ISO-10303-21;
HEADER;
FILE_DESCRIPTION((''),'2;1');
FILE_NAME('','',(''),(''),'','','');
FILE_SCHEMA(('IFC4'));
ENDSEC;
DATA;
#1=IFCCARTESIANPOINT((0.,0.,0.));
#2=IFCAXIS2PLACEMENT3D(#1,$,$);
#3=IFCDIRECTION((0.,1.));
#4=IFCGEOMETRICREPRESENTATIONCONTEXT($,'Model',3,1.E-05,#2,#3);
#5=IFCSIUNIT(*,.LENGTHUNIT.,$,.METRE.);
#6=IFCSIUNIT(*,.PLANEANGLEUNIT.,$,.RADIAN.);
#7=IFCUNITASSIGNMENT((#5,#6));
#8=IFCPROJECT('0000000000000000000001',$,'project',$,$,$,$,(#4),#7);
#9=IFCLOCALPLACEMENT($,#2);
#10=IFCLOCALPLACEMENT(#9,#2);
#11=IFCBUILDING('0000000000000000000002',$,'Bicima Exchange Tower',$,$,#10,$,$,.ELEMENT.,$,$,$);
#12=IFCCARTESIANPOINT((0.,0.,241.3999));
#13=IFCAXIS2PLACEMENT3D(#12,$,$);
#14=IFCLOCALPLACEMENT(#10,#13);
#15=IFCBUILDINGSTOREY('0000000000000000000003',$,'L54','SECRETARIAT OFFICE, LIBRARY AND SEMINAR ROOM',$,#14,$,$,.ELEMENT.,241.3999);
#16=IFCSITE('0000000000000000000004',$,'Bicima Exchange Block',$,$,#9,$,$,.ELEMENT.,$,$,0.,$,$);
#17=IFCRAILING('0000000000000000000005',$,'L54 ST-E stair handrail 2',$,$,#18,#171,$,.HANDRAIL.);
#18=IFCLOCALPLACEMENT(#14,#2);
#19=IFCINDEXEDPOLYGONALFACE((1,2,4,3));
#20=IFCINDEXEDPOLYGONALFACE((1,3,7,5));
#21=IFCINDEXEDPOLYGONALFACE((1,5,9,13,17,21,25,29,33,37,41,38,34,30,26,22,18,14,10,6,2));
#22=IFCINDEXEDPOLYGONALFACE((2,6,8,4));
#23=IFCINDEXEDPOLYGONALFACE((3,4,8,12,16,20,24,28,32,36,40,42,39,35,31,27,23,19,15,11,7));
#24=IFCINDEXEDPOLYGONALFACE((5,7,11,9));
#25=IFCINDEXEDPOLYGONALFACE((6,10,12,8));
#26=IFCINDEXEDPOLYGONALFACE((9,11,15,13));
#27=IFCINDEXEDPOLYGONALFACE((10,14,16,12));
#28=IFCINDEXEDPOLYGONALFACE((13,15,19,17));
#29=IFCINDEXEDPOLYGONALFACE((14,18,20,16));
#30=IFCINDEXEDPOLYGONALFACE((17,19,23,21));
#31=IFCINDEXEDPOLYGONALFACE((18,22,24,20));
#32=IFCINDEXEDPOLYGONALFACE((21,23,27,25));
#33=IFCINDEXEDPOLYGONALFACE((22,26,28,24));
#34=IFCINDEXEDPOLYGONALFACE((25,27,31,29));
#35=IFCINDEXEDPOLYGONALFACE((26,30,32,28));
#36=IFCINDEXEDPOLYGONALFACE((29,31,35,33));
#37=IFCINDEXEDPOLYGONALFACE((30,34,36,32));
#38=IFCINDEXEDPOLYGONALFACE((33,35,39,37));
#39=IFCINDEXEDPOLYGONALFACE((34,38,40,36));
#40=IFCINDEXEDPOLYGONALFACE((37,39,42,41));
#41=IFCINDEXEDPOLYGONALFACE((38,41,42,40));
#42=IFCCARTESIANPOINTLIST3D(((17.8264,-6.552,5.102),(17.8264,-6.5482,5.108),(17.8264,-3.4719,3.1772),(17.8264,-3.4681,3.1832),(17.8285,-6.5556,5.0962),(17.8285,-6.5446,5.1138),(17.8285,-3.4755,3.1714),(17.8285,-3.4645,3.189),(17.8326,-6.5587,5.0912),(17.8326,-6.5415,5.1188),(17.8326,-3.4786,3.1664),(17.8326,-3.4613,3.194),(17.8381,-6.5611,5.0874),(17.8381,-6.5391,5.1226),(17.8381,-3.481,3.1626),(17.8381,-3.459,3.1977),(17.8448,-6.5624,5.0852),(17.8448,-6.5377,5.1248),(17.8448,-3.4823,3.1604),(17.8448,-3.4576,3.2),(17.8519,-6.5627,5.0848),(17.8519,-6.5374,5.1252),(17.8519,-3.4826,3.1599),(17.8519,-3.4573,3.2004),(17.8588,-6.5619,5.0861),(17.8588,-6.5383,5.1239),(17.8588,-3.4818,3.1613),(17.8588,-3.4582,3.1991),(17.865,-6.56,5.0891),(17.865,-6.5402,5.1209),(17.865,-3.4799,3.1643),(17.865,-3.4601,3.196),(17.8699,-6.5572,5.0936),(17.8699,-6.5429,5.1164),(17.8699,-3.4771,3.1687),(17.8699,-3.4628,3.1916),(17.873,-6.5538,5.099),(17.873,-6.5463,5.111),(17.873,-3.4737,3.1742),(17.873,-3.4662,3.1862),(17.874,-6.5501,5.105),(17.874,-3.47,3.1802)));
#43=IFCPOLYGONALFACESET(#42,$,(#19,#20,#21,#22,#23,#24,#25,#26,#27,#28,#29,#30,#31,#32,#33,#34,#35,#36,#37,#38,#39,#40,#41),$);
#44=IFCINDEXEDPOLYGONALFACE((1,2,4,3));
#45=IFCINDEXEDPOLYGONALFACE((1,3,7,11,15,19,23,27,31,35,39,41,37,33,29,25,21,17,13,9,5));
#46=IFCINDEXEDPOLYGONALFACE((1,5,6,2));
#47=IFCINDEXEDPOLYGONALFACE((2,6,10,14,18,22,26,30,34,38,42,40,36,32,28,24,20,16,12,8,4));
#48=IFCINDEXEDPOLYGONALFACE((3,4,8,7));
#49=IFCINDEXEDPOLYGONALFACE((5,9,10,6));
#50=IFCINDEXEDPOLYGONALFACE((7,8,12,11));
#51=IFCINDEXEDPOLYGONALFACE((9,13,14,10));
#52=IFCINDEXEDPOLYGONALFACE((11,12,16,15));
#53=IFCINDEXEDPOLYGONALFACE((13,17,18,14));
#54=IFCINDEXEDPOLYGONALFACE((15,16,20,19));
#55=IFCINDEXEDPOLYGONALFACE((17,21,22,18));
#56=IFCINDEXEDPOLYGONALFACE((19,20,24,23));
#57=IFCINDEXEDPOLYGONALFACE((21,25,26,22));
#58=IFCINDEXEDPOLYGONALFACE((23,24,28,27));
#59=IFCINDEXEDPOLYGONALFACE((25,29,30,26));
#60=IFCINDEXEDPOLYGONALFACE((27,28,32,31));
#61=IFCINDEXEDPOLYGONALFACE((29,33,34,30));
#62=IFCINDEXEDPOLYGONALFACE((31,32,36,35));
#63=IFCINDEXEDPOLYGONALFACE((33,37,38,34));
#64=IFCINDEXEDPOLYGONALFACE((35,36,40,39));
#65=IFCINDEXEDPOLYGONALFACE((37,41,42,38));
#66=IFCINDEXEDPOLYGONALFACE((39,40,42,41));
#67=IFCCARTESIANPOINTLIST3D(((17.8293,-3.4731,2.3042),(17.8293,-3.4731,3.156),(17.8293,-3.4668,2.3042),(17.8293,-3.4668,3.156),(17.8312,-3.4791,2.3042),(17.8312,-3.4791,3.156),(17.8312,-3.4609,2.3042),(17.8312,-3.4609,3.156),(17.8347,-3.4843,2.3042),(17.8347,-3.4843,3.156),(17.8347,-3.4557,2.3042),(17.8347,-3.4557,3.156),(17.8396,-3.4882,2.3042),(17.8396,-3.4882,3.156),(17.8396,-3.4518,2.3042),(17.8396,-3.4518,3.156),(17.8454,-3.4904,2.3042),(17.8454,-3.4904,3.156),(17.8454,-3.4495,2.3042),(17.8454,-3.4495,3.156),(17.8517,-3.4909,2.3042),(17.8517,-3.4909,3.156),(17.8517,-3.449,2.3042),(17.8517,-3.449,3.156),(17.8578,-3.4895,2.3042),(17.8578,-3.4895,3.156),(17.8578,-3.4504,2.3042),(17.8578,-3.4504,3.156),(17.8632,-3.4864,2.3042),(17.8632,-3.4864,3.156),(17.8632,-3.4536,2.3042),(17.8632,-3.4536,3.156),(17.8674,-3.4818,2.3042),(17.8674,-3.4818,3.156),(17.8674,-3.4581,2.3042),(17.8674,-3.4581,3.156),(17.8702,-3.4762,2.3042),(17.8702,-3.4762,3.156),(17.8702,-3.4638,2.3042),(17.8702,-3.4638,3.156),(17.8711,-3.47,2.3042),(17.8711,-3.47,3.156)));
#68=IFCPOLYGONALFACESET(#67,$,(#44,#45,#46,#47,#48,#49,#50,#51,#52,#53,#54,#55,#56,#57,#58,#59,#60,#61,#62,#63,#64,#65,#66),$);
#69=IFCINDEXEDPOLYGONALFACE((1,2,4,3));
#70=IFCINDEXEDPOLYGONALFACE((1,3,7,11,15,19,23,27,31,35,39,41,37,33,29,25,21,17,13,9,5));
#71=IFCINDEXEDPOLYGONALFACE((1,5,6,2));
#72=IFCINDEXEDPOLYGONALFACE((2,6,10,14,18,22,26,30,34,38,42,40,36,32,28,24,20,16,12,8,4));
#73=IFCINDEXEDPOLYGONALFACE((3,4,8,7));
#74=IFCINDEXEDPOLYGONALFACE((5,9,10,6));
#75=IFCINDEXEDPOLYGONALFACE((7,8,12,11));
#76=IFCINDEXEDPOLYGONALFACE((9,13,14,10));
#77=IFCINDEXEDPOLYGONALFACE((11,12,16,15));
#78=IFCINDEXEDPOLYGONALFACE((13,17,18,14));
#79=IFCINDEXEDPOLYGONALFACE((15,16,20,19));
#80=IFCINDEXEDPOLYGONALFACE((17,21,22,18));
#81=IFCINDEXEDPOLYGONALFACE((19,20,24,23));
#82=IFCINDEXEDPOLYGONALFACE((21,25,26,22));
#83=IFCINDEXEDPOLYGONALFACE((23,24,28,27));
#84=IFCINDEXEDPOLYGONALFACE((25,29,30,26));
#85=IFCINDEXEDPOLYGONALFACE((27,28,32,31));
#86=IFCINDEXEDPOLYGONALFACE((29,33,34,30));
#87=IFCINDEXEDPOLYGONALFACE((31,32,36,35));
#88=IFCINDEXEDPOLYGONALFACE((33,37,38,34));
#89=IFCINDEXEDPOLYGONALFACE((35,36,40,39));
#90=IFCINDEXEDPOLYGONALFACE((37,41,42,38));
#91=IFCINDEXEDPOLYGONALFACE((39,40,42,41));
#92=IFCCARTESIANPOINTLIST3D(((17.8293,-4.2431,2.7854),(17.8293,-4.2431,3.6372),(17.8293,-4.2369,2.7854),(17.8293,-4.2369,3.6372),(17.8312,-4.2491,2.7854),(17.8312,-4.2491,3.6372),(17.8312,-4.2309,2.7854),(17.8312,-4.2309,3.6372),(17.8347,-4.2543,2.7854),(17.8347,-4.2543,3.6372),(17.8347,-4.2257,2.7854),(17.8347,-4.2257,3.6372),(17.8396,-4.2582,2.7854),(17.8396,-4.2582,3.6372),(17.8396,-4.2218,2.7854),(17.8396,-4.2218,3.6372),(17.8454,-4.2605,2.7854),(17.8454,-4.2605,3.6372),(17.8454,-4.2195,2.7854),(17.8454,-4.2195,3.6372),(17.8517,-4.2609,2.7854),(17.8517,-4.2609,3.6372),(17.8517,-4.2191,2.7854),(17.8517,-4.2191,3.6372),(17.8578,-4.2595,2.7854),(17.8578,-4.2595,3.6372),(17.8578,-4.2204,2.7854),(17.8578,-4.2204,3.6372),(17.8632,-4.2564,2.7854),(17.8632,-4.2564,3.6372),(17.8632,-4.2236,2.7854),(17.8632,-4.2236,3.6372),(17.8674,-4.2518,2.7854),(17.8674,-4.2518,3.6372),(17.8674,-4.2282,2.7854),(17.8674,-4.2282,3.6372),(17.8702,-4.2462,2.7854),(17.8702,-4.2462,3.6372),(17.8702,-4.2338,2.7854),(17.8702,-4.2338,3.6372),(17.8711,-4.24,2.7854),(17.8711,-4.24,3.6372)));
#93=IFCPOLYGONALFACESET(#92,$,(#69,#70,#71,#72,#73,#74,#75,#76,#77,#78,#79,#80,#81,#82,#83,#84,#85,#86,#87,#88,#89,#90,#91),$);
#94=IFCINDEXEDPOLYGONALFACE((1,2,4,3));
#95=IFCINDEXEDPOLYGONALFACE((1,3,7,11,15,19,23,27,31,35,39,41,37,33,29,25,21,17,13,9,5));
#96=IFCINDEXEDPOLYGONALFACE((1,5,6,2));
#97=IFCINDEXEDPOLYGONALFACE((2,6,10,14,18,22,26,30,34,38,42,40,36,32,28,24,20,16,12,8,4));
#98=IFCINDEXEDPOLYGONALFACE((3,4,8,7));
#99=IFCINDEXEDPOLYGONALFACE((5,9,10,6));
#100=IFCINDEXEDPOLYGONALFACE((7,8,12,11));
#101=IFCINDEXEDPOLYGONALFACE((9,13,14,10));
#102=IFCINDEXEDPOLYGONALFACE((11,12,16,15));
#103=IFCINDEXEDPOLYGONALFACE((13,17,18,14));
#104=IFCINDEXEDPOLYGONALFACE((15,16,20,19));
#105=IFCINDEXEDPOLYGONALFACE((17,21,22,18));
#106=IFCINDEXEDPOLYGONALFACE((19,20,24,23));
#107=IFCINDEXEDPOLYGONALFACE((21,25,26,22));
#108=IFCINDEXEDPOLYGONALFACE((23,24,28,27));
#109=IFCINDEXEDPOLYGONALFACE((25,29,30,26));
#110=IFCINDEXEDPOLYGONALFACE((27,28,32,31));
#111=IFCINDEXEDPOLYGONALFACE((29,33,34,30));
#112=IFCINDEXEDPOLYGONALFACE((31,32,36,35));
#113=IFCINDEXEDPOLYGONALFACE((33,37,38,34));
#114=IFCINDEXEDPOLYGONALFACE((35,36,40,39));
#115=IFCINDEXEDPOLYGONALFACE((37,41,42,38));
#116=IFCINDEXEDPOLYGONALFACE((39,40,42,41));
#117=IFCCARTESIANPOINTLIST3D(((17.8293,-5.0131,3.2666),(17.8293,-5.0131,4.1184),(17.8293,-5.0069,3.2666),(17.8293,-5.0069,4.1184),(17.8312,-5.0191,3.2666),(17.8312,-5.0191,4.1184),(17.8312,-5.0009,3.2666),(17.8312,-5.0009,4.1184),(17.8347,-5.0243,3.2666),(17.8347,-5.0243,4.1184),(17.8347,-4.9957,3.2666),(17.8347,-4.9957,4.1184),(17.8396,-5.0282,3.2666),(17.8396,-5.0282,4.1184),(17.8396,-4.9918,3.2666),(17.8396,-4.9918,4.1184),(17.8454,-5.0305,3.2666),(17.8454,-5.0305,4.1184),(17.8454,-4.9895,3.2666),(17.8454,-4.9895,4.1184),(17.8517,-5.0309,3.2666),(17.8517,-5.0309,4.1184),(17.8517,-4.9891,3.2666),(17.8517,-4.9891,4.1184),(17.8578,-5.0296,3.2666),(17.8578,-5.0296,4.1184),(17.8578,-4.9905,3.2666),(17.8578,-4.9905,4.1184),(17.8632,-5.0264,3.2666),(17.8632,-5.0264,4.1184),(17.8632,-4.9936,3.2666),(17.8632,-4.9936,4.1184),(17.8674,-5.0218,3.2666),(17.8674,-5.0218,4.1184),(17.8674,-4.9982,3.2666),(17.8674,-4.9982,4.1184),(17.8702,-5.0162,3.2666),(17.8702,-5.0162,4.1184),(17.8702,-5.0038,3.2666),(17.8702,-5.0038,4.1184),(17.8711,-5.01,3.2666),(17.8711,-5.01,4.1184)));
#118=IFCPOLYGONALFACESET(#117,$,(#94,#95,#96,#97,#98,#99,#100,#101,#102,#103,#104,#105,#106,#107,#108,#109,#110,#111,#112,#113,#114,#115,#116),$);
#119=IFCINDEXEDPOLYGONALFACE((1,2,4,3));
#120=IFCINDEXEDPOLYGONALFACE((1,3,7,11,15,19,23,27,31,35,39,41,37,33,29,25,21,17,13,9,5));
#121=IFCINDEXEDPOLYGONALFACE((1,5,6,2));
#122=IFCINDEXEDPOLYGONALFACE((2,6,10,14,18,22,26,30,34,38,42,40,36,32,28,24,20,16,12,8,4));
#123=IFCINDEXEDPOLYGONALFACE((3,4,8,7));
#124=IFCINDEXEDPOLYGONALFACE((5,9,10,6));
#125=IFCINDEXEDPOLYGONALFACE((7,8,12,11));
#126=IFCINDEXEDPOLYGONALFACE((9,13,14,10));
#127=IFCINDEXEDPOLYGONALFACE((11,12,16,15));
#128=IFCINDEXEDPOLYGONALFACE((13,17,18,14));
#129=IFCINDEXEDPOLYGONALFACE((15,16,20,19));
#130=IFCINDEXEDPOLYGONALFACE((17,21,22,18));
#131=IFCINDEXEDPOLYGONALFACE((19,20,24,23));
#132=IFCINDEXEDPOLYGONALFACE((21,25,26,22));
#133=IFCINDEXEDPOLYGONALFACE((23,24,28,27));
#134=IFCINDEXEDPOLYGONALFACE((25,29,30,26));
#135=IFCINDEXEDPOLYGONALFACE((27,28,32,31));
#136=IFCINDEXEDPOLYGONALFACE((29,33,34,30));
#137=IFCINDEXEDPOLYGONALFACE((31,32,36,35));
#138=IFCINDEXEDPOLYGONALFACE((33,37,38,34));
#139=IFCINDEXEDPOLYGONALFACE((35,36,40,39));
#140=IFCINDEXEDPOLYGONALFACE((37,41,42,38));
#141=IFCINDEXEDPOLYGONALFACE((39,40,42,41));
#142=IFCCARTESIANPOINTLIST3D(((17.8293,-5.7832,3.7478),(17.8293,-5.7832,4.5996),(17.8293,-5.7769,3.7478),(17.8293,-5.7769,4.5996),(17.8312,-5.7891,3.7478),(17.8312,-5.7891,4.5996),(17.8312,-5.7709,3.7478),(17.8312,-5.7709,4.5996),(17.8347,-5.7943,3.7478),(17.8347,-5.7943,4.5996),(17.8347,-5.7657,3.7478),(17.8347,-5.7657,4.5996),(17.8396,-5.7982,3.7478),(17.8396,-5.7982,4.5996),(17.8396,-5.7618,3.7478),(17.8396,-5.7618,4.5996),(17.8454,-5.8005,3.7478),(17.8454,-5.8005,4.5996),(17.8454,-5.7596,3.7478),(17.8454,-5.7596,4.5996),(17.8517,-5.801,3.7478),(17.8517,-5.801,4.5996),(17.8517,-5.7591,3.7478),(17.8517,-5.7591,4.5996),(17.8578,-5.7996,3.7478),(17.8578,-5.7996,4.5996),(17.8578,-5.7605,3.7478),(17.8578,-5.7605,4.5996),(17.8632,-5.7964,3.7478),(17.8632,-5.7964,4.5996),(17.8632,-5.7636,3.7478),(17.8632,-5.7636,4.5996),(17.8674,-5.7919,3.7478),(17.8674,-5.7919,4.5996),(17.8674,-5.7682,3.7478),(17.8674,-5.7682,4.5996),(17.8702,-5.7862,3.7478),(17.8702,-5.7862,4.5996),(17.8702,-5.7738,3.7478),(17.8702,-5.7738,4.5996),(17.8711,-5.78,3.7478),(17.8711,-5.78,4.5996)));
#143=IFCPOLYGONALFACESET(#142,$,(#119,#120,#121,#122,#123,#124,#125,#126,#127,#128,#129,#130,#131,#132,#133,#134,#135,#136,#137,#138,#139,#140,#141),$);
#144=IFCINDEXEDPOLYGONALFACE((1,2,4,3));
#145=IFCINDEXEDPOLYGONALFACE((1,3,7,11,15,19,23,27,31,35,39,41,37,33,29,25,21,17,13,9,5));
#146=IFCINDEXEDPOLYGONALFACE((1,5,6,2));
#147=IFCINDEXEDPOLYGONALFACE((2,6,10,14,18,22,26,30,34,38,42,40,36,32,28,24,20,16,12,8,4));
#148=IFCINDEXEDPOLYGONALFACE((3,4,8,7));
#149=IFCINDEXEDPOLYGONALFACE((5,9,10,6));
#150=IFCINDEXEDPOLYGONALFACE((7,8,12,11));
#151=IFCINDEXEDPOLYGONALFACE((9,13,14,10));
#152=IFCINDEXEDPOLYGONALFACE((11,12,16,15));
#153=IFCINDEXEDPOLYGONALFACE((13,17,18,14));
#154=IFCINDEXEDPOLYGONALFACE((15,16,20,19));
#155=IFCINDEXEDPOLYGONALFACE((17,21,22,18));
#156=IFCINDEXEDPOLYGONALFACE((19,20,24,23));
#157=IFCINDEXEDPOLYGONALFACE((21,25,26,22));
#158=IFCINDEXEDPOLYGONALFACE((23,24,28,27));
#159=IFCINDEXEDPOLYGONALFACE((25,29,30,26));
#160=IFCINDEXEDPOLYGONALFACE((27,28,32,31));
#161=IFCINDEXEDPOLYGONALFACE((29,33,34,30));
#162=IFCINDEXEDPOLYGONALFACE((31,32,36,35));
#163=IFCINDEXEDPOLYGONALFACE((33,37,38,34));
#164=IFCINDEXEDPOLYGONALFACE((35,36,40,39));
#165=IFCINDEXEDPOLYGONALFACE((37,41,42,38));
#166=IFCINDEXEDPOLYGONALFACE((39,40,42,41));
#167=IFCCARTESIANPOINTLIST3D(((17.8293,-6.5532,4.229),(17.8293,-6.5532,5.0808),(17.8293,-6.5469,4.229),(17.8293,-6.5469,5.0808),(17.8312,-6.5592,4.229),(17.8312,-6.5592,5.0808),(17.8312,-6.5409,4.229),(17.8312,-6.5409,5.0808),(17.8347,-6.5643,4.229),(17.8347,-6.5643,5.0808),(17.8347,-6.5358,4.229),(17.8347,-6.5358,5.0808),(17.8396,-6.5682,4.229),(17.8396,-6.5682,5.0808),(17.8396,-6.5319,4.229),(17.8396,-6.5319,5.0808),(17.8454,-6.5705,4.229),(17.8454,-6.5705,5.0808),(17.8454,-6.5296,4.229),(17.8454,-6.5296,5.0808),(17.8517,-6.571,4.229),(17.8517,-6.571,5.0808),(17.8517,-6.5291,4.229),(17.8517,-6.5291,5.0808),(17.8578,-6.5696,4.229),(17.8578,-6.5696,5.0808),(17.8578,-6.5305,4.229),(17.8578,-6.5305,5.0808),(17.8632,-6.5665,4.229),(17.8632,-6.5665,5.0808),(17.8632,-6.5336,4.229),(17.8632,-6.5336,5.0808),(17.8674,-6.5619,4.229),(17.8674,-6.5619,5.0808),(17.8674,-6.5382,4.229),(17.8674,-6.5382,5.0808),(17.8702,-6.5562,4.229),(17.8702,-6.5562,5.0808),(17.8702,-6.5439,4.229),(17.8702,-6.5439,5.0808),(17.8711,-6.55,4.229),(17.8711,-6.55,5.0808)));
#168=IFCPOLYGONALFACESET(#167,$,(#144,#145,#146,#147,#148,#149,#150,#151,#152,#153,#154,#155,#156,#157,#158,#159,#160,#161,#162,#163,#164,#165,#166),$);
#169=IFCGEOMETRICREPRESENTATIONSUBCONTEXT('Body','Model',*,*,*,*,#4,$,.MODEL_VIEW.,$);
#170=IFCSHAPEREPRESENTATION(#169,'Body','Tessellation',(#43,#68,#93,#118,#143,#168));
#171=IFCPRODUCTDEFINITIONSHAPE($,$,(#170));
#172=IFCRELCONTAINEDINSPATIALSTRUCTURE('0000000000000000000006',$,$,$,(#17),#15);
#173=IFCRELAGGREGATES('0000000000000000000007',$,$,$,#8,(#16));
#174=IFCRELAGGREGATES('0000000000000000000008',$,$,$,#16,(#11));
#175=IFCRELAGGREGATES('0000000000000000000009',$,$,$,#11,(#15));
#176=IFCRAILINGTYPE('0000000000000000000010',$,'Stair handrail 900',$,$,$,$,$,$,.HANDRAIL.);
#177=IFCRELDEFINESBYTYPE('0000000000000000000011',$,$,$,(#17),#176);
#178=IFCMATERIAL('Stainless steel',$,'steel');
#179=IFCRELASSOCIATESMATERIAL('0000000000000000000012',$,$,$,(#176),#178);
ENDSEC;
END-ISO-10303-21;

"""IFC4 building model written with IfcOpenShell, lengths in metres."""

from ifc_helpers import new_model, si_unit, direction, frame, origin, origin_2d, place, context, subcontext, project, spatial, circle, extrude, material, type_object, element, save


model = new_model("IFC4")

# Units and contexts
model_context = context("Model", 3, precision=1e-05, world=origin(), true_north=direction((0.0, 1.0)))
body_context = subcontext(model_context, "Body", "Model", "MODEL_VIEW")
ifc_project = project(units=[si_unit("LENGTHUNIT", "METRE"), si_unit("PLANEANGLEUNIT", "RADIAN")], contexts=[model_context])

# Site, building, storey
site_placement = place(None, origin())
site = spatial("IfcSite", under=ifc_project, at=site_placement, Name="Bicima Exchange Block", CompositionType="ELEMENT", RefElevation=0.0)
building_placement = place(site_placement, origin())
building = spatial("IfcBuilding", under=site, at=building_placement, Name="Bicima Exchange Tower", CompositionType="ELEMENT")
storey_placement = place(building_placement, frame((0.0, 0.0, 241.3999)))
storey = spatial("IfcBuildingStorey", under=building, at=storey_placement, Name="L54", Description="SECRETARIAT OFFICE, LIBRARY AND SEMINAR ROOM", CompositionType="ELEMENT", Elevation=241.3999)

# Railing
ifc_material_1 = material(Name="Stainless steel", Category="steel")
railing_type_1 = type_object("IfcRailingType", Name="Stair handrail 900", PredefinedType="HANDRAIL", material=ifc_material_1)
railing_1_placement = place(storey_placement, frame((17.8501, -3.47, 2.3042)))
element("IfcRailing", 1, at=railing_1_placement, inside=storey, type_object=railing_type_1, Name="L54 ST-E stair handrail 2", PredefinedType="HANDRAIL", context=body_context, shape_type="SweptSolid", body=[
    extrude(circle(Radius=0.0239, at=origin_2d()), frame((0.0, 0.0, 0.876), z_axis=(0.0, -0.848029, 0.529951), x_axis=(1.0, 0.0, 0.0)), (0.0, 0.0, 1.0), 3.6321),
    extrude(circle(Radius=0.021, at=origin_2d()), origin(), (0.0, 0.0, 1.0), 0.8518),
    extrude(circle(Radius=0.021, at=origin_2d()), frame((0.0, -0.77, 0.4812)), (0.0, 0.0, 1.0), 0.8518),
    extrude(circle(Radius=0.021, at=origin_2d()), frame((0.0, -1.54, 0.9624)), (0.0, 0.0, 1.0), 0.8518),
    extrude(circle(Radius=0.021, at=origin_2d()), frame((0.0, -2.3101, 1.4436)), (0.0, 0.0, 1.0), 0.8518),
    extrude(circle(Radius=0.021, at=origin_2d()), frame((0.0, -3.0801, 1.9248)), (0.0, 0.0, 1.0), 0.8518),
])

save(model, "model.ifc")
